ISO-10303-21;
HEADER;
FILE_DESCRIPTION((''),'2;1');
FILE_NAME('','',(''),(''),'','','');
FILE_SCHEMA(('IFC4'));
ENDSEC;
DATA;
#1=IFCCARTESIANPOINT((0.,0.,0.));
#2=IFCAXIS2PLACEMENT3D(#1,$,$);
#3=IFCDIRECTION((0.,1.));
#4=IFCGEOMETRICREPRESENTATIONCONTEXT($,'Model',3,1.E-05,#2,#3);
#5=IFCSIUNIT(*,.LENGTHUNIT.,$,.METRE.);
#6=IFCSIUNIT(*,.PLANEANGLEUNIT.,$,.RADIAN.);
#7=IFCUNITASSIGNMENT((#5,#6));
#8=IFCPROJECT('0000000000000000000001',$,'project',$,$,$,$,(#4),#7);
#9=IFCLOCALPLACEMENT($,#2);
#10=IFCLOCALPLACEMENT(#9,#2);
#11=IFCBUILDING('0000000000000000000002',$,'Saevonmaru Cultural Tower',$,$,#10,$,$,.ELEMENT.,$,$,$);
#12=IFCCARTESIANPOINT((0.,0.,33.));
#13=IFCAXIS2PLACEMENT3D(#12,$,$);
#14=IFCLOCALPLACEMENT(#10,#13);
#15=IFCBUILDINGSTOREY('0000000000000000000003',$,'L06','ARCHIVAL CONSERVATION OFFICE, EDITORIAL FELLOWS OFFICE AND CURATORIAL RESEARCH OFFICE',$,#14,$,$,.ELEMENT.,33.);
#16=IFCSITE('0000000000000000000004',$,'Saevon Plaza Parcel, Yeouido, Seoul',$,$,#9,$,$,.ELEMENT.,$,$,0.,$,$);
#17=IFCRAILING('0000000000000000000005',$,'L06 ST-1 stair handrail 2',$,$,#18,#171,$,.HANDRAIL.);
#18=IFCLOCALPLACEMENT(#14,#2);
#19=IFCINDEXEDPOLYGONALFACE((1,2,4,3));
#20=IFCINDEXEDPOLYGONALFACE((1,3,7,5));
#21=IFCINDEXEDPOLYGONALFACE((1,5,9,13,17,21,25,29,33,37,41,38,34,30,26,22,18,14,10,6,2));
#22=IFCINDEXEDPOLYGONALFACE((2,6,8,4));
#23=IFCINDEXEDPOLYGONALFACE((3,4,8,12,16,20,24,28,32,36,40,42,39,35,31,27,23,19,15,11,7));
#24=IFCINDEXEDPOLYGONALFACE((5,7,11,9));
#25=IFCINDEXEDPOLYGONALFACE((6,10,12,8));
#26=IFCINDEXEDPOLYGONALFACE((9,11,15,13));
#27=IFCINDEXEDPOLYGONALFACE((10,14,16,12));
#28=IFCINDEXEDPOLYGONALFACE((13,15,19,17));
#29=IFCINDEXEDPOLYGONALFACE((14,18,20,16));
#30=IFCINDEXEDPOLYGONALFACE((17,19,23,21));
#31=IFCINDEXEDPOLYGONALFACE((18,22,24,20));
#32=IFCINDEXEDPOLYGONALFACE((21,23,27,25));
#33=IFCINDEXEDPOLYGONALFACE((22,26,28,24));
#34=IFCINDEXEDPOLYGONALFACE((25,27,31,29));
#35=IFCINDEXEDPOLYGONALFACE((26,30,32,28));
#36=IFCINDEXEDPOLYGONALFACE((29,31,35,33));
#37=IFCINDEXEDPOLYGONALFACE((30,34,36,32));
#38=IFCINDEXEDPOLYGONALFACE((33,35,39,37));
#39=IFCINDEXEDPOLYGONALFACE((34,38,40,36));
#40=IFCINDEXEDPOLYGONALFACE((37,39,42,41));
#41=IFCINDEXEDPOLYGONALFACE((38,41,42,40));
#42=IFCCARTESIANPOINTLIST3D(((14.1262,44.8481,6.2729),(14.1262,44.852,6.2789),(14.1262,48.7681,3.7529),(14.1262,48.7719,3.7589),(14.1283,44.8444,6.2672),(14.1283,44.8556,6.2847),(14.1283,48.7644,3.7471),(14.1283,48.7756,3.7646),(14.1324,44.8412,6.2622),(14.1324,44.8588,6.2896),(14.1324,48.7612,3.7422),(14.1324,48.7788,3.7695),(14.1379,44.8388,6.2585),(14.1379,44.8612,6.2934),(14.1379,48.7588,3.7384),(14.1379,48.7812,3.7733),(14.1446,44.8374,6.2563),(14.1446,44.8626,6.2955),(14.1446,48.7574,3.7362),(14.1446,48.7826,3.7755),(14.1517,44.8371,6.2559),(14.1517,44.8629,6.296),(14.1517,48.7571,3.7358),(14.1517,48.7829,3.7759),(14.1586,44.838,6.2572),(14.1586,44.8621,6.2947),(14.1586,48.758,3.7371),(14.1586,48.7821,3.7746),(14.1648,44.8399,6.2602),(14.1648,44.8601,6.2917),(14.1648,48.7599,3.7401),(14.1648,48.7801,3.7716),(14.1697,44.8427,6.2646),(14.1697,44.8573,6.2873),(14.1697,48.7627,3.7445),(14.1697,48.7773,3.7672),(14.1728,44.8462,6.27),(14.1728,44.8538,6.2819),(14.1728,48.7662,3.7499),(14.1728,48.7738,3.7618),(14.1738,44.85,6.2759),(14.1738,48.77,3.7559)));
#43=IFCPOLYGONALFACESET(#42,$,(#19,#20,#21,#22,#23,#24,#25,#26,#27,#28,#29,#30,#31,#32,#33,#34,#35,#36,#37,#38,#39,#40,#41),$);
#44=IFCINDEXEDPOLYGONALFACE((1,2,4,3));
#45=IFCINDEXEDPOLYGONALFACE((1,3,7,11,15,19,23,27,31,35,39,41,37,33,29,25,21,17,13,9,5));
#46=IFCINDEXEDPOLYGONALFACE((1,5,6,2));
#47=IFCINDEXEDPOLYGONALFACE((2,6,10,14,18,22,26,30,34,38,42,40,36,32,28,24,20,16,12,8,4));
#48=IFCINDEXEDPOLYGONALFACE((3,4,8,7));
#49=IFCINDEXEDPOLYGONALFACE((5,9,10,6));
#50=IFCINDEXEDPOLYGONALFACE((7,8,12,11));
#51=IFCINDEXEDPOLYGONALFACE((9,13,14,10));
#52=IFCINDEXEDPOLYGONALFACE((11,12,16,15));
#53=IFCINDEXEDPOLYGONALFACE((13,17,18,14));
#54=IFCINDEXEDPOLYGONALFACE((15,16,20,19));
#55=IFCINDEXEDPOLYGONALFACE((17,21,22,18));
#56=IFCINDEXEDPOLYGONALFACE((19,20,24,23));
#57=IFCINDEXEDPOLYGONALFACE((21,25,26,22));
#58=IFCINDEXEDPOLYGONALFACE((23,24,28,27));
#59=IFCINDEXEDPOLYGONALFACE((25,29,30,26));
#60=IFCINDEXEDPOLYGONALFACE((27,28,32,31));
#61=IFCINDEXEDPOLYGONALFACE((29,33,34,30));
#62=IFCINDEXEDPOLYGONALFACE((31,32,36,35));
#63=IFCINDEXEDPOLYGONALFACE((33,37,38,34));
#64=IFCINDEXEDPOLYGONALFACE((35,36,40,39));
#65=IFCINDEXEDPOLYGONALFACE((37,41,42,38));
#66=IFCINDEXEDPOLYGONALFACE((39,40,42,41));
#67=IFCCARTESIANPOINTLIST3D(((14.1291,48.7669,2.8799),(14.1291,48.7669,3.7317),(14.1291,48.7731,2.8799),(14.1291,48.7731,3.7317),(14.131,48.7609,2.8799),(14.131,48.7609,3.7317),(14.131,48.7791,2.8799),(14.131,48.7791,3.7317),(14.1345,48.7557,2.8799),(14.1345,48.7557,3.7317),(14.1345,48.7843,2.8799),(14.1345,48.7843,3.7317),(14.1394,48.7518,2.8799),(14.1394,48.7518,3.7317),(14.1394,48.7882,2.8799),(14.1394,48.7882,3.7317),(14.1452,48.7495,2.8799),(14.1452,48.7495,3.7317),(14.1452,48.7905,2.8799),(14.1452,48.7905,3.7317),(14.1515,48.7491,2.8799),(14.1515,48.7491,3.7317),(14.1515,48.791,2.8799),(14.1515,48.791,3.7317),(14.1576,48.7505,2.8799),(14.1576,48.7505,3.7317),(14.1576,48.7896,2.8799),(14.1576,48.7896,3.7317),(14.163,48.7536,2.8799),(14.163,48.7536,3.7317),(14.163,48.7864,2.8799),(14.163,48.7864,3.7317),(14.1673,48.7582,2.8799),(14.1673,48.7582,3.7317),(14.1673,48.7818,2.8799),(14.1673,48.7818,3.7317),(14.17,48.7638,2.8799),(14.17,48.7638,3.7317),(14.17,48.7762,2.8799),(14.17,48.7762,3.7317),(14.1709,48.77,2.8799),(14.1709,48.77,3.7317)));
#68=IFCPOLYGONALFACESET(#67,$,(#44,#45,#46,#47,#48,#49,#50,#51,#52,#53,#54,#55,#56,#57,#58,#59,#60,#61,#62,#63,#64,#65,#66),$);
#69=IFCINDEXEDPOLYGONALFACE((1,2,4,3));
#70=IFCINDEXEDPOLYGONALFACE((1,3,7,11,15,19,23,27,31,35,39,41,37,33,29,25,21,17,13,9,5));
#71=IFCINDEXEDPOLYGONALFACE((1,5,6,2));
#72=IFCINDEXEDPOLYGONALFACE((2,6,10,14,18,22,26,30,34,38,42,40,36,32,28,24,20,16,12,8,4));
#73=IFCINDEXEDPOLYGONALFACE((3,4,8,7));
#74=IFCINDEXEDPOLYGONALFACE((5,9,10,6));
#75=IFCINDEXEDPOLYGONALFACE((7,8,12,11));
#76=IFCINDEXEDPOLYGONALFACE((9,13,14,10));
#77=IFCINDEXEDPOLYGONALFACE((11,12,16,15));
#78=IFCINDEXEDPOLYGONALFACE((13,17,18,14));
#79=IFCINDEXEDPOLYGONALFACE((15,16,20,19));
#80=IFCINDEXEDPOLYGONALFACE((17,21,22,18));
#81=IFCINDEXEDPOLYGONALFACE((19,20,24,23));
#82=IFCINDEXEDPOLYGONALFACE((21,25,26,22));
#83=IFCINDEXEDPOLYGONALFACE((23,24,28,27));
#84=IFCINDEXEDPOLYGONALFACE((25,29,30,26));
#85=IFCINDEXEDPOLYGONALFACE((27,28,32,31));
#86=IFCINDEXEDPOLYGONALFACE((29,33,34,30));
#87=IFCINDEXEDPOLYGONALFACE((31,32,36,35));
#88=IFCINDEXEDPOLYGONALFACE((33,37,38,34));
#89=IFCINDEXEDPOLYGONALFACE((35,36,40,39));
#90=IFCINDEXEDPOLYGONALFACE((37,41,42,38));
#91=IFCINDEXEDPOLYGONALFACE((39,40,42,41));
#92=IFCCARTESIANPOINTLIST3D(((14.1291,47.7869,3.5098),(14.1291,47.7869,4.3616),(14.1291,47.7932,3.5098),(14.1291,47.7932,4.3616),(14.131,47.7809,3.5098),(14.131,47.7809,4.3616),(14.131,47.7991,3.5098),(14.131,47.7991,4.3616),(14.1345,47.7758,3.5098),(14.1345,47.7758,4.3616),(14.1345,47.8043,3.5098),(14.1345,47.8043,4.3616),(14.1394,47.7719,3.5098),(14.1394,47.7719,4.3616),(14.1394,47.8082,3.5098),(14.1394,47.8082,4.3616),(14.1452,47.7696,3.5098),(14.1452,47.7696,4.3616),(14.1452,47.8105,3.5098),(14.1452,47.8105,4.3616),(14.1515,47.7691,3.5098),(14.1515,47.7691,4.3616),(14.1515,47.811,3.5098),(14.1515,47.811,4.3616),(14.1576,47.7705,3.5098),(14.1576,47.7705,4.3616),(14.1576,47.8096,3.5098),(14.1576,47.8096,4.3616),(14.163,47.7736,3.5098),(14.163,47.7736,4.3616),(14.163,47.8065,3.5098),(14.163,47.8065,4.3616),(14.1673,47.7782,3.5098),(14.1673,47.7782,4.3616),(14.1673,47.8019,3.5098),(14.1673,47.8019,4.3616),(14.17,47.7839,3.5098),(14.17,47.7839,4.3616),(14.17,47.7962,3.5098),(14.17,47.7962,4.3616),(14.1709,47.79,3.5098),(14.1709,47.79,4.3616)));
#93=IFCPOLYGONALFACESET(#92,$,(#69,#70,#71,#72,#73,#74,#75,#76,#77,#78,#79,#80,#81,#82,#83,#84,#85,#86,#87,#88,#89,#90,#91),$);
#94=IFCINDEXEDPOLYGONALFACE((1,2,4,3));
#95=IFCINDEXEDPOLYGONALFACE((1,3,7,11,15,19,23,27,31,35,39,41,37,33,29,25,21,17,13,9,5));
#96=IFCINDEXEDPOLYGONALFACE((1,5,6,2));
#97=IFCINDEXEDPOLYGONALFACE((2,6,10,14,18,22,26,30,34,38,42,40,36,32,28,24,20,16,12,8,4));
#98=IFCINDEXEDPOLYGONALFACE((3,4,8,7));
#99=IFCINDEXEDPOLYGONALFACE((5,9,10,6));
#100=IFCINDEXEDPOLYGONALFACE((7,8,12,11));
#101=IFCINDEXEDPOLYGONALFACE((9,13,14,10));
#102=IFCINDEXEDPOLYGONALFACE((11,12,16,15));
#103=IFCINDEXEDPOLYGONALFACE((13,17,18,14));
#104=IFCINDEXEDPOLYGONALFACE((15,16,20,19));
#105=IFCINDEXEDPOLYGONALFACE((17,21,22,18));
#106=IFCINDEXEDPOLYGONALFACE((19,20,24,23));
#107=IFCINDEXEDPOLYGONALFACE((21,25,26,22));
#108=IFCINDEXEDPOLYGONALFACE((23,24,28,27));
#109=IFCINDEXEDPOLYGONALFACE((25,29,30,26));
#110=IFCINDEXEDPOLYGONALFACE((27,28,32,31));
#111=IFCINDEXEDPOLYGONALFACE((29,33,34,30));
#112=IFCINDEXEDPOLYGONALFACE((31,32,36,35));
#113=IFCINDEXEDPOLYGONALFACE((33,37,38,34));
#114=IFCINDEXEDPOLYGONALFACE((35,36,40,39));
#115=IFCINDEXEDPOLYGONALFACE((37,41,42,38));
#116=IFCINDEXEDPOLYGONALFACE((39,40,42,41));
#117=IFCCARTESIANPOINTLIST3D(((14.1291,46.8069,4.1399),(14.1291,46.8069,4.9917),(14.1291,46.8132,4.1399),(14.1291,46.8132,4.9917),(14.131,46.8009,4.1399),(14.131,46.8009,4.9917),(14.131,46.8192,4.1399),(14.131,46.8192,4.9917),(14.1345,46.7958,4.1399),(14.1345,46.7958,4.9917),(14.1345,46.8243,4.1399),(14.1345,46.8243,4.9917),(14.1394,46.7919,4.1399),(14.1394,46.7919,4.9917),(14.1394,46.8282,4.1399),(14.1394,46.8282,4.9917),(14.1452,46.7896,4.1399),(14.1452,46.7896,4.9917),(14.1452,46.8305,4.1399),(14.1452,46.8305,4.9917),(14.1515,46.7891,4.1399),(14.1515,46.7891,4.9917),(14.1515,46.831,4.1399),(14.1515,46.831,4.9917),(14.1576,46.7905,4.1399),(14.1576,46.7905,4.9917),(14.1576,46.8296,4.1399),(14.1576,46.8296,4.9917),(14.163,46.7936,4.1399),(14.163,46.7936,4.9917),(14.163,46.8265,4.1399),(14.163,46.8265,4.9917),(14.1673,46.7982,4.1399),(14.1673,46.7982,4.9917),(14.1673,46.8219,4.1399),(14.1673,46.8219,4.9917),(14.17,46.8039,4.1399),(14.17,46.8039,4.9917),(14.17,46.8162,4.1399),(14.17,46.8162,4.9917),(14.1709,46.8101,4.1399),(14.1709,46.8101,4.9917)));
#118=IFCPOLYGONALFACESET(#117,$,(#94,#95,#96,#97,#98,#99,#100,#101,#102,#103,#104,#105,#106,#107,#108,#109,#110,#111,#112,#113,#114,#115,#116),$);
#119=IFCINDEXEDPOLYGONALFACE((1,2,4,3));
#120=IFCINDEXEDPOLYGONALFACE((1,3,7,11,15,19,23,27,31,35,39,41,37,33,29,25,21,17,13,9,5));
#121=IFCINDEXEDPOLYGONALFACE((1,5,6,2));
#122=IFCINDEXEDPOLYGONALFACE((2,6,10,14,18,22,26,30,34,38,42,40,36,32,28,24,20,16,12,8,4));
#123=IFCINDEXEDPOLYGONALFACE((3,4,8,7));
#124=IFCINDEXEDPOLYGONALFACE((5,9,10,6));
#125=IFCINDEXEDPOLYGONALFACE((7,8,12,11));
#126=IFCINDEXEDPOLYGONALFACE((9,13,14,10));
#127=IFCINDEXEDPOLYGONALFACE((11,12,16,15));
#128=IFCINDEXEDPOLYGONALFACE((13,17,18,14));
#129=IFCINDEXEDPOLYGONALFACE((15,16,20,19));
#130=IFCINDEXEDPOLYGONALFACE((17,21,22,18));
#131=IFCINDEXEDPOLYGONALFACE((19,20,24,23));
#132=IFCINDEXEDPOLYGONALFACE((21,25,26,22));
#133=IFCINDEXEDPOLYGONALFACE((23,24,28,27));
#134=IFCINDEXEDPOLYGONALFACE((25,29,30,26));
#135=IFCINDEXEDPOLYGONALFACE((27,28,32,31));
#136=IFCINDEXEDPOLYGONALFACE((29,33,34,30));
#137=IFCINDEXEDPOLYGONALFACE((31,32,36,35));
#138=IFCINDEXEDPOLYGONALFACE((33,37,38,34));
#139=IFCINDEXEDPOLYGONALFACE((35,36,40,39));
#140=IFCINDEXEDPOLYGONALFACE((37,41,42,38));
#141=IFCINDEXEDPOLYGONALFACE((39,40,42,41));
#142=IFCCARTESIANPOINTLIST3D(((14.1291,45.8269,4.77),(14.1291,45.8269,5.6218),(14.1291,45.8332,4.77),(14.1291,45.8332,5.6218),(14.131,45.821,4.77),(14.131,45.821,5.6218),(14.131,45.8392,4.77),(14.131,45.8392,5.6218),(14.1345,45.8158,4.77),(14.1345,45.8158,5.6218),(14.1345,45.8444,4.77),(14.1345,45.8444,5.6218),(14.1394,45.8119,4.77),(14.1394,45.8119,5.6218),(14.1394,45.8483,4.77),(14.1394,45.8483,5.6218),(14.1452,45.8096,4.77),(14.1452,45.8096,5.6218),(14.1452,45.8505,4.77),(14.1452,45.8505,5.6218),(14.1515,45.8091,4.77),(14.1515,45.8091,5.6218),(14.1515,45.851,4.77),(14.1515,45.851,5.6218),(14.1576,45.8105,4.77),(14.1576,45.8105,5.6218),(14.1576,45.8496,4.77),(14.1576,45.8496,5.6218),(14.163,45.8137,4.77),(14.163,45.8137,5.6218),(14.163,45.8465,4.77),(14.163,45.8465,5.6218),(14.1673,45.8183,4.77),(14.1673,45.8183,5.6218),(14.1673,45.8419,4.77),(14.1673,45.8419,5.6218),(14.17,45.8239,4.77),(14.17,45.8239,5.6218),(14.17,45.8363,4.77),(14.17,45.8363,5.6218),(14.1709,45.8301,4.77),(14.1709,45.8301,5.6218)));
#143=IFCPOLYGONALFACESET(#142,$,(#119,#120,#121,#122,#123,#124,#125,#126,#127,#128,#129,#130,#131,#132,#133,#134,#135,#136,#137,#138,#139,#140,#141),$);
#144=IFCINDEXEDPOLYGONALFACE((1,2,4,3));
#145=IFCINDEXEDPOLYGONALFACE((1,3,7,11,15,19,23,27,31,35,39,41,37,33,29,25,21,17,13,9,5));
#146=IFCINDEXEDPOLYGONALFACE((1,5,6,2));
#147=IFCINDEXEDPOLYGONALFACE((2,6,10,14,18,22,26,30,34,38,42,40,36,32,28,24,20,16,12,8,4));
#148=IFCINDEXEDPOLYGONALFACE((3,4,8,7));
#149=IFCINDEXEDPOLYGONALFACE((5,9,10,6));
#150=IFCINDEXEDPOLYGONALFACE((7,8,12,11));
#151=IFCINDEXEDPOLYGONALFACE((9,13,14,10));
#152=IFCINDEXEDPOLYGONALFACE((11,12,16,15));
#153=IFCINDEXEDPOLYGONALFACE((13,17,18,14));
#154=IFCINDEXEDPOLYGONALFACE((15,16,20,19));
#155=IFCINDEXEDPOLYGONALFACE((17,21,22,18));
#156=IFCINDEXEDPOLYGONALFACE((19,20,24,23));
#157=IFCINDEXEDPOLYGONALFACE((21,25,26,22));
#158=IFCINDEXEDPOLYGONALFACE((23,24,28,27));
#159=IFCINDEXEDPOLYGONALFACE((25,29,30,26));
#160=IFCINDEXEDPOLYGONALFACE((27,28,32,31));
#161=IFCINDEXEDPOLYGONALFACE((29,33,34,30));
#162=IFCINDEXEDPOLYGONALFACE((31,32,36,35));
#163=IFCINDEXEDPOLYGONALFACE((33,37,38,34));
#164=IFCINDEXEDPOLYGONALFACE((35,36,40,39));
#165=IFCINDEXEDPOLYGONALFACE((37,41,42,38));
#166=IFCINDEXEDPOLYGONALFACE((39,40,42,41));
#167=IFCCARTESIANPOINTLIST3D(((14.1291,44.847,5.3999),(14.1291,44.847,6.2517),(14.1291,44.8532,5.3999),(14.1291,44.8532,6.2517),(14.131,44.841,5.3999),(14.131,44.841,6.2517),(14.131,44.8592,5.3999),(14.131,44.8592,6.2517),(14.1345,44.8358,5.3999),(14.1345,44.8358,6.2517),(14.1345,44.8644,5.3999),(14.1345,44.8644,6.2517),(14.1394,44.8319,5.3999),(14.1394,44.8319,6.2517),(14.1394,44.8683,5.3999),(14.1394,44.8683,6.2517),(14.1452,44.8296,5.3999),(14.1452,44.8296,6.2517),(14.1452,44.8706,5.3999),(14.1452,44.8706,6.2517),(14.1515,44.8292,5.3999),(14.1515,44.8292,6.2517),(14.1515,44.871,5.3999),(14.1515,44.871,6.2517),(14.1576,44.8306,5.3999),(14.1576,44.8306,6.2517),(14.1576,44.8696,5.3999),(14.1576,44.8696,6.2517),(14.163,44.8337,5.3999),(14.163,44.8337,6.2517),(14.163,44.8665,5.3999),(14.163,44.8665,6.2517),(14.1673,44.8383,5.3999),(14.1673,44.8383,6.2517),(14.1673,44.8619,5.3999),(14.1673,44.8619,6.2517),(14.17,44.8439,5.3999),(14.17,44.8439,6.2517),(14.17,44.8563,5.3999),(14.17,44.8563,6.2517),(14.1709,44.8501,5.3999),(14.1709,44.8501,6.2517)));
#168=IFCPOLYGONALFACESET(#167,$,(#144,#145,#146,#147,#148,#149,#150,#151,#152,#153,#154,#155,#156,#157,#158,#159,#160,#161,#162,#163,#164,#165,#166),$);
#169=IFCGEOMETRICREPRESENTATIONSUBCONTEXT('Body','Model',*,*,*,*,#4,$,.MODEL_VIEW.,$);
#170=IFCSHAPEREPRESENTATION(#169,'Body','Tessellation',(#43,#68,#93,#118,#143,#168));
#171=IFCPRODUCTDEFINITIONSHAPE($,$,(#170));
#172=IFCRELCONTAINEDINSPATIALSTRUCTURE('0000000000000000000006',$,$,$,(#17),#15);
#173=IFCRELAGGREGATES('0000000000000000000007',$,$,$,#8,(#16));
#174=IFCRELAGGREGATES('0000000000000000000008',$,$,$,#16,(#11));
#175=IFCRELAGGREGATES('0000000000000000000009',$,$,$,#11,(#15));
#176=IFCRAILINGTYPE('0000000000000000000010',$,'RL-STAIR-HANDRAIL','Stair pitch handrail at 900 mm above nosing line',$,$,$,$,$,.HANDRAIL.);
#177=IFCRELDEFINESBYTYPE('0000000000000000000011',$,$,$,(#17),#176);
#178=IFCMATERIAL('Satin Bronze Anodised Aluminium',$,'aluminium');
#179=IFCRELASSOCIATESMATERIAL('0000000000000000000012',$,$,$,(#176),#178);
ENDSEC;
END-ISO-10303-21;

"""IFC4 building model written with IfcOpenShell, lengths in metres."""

from ifc_helpers import new_model, si_unit, direction, frame, origin, origin_2d, place, context, subcontext, project, spatial, circle, extrude, material, type_object, element, save


model = new_model("IFC4")

# Units and contexts
model_context = context("Model", 3, precision=1e-05, world=origin(), true_north=direction((0.0, 1.0)))
body_context = subcontext(model_context, "Body", "Model", "MODEL_VIEW")
ifc_project = project(units=[si_unit("LENGTHUNIT", "METRE"), si_unit("PLANEANGLEUNIT", "RADIAN")], contexts=[model_context])

# Site, building, storey
site_placement = place(None, origin())
site = spatial("IfcSite", under=ifc_project, at=site_placement, Name="Saevon Plaza Parcel, Yeouido, Seoul", CompositionType="ELEMENT", RefElevation=0.0)
building_placement = place(site_placement, origin())
building = spatial("IfcBuilding", under=site, at=building_placement, Name="Saevonmaru Cultural Tower", CompositionType="ELEMENT")
storey_placement = place(building_placement, frame((0.0, 0.0, 33.0)))
storey = spatial("IfcBuildingStorey", under=building, at=storey_placement, Name="L06", Description="ARCHIVAL CONSERVATION OFFICE, EDITORIAL FELLOWS OFFICE AND CURATORIAL RESEARCH OFFICE", CompositionType="ELEMENT", Elevation=33.0)

# Shared definitions
ifc_material_1 = material(Name="Satin Bronze Anodised Aluminium", Category="aluminium")

# Railing
railing_type_1 = type_object("IfcRailingType", Name="RL-STAIR-HANDRAIL", Description="Stair pitch handrail at 900 mm above nosing line", PredefinedType="HANDRAIL", material=ifc_material_1)
railing_1_placement = place(storey_placement, frame((14.1499, 48.77, 2.8799)))
element("IfcRailing", 1, at=railing_1_placement, inside=storey, type_object=railing_type_1, Name="L06 ST-1 stair handrail 2", PredefinedType="HANDRAIL", context=body_context, shape_type="SweptSolid", body=[
    extrude(circle(Radius=0.0239, at=origin_2d()), frame((0.0, 0.0, 0.876), z_axis=(0.0, -0.841172, 0.540768), x_axis=(1.0, 0.0, 0.0)), (0.0, 0.0, 1.0), 4.6602),
    extrude(circle(Radius=0.021, at=origin_2d()), origin(), (0.0, 0.0, 1.0), 0.8518),
    extrude(circle(Radius=0.021, at=origin_2d()), frame((0.0, -0.98, 0.6299)), (0.0, 0.0, 1.0), 0.8518),
    extrude(circle(Radius=0.021, at=origin_2d()), frame((0.0, -1.96, 1.26)), (0.0, 0.0, 1.0), 0.8518),
    extrude(circle(Radius=0.021, at=origin_2d()), frame((0.0, -2.9399, 1.8901)), (0.0, 0.0, 1.0), 0.8518),
    extrude(circle(Radius=0.021, at=origin_2d()), frame((0.0, -3.9199, 2.52)), (0.0, 0.0, 1.0), 0.8518),
])

save(model, "model.ifc")
